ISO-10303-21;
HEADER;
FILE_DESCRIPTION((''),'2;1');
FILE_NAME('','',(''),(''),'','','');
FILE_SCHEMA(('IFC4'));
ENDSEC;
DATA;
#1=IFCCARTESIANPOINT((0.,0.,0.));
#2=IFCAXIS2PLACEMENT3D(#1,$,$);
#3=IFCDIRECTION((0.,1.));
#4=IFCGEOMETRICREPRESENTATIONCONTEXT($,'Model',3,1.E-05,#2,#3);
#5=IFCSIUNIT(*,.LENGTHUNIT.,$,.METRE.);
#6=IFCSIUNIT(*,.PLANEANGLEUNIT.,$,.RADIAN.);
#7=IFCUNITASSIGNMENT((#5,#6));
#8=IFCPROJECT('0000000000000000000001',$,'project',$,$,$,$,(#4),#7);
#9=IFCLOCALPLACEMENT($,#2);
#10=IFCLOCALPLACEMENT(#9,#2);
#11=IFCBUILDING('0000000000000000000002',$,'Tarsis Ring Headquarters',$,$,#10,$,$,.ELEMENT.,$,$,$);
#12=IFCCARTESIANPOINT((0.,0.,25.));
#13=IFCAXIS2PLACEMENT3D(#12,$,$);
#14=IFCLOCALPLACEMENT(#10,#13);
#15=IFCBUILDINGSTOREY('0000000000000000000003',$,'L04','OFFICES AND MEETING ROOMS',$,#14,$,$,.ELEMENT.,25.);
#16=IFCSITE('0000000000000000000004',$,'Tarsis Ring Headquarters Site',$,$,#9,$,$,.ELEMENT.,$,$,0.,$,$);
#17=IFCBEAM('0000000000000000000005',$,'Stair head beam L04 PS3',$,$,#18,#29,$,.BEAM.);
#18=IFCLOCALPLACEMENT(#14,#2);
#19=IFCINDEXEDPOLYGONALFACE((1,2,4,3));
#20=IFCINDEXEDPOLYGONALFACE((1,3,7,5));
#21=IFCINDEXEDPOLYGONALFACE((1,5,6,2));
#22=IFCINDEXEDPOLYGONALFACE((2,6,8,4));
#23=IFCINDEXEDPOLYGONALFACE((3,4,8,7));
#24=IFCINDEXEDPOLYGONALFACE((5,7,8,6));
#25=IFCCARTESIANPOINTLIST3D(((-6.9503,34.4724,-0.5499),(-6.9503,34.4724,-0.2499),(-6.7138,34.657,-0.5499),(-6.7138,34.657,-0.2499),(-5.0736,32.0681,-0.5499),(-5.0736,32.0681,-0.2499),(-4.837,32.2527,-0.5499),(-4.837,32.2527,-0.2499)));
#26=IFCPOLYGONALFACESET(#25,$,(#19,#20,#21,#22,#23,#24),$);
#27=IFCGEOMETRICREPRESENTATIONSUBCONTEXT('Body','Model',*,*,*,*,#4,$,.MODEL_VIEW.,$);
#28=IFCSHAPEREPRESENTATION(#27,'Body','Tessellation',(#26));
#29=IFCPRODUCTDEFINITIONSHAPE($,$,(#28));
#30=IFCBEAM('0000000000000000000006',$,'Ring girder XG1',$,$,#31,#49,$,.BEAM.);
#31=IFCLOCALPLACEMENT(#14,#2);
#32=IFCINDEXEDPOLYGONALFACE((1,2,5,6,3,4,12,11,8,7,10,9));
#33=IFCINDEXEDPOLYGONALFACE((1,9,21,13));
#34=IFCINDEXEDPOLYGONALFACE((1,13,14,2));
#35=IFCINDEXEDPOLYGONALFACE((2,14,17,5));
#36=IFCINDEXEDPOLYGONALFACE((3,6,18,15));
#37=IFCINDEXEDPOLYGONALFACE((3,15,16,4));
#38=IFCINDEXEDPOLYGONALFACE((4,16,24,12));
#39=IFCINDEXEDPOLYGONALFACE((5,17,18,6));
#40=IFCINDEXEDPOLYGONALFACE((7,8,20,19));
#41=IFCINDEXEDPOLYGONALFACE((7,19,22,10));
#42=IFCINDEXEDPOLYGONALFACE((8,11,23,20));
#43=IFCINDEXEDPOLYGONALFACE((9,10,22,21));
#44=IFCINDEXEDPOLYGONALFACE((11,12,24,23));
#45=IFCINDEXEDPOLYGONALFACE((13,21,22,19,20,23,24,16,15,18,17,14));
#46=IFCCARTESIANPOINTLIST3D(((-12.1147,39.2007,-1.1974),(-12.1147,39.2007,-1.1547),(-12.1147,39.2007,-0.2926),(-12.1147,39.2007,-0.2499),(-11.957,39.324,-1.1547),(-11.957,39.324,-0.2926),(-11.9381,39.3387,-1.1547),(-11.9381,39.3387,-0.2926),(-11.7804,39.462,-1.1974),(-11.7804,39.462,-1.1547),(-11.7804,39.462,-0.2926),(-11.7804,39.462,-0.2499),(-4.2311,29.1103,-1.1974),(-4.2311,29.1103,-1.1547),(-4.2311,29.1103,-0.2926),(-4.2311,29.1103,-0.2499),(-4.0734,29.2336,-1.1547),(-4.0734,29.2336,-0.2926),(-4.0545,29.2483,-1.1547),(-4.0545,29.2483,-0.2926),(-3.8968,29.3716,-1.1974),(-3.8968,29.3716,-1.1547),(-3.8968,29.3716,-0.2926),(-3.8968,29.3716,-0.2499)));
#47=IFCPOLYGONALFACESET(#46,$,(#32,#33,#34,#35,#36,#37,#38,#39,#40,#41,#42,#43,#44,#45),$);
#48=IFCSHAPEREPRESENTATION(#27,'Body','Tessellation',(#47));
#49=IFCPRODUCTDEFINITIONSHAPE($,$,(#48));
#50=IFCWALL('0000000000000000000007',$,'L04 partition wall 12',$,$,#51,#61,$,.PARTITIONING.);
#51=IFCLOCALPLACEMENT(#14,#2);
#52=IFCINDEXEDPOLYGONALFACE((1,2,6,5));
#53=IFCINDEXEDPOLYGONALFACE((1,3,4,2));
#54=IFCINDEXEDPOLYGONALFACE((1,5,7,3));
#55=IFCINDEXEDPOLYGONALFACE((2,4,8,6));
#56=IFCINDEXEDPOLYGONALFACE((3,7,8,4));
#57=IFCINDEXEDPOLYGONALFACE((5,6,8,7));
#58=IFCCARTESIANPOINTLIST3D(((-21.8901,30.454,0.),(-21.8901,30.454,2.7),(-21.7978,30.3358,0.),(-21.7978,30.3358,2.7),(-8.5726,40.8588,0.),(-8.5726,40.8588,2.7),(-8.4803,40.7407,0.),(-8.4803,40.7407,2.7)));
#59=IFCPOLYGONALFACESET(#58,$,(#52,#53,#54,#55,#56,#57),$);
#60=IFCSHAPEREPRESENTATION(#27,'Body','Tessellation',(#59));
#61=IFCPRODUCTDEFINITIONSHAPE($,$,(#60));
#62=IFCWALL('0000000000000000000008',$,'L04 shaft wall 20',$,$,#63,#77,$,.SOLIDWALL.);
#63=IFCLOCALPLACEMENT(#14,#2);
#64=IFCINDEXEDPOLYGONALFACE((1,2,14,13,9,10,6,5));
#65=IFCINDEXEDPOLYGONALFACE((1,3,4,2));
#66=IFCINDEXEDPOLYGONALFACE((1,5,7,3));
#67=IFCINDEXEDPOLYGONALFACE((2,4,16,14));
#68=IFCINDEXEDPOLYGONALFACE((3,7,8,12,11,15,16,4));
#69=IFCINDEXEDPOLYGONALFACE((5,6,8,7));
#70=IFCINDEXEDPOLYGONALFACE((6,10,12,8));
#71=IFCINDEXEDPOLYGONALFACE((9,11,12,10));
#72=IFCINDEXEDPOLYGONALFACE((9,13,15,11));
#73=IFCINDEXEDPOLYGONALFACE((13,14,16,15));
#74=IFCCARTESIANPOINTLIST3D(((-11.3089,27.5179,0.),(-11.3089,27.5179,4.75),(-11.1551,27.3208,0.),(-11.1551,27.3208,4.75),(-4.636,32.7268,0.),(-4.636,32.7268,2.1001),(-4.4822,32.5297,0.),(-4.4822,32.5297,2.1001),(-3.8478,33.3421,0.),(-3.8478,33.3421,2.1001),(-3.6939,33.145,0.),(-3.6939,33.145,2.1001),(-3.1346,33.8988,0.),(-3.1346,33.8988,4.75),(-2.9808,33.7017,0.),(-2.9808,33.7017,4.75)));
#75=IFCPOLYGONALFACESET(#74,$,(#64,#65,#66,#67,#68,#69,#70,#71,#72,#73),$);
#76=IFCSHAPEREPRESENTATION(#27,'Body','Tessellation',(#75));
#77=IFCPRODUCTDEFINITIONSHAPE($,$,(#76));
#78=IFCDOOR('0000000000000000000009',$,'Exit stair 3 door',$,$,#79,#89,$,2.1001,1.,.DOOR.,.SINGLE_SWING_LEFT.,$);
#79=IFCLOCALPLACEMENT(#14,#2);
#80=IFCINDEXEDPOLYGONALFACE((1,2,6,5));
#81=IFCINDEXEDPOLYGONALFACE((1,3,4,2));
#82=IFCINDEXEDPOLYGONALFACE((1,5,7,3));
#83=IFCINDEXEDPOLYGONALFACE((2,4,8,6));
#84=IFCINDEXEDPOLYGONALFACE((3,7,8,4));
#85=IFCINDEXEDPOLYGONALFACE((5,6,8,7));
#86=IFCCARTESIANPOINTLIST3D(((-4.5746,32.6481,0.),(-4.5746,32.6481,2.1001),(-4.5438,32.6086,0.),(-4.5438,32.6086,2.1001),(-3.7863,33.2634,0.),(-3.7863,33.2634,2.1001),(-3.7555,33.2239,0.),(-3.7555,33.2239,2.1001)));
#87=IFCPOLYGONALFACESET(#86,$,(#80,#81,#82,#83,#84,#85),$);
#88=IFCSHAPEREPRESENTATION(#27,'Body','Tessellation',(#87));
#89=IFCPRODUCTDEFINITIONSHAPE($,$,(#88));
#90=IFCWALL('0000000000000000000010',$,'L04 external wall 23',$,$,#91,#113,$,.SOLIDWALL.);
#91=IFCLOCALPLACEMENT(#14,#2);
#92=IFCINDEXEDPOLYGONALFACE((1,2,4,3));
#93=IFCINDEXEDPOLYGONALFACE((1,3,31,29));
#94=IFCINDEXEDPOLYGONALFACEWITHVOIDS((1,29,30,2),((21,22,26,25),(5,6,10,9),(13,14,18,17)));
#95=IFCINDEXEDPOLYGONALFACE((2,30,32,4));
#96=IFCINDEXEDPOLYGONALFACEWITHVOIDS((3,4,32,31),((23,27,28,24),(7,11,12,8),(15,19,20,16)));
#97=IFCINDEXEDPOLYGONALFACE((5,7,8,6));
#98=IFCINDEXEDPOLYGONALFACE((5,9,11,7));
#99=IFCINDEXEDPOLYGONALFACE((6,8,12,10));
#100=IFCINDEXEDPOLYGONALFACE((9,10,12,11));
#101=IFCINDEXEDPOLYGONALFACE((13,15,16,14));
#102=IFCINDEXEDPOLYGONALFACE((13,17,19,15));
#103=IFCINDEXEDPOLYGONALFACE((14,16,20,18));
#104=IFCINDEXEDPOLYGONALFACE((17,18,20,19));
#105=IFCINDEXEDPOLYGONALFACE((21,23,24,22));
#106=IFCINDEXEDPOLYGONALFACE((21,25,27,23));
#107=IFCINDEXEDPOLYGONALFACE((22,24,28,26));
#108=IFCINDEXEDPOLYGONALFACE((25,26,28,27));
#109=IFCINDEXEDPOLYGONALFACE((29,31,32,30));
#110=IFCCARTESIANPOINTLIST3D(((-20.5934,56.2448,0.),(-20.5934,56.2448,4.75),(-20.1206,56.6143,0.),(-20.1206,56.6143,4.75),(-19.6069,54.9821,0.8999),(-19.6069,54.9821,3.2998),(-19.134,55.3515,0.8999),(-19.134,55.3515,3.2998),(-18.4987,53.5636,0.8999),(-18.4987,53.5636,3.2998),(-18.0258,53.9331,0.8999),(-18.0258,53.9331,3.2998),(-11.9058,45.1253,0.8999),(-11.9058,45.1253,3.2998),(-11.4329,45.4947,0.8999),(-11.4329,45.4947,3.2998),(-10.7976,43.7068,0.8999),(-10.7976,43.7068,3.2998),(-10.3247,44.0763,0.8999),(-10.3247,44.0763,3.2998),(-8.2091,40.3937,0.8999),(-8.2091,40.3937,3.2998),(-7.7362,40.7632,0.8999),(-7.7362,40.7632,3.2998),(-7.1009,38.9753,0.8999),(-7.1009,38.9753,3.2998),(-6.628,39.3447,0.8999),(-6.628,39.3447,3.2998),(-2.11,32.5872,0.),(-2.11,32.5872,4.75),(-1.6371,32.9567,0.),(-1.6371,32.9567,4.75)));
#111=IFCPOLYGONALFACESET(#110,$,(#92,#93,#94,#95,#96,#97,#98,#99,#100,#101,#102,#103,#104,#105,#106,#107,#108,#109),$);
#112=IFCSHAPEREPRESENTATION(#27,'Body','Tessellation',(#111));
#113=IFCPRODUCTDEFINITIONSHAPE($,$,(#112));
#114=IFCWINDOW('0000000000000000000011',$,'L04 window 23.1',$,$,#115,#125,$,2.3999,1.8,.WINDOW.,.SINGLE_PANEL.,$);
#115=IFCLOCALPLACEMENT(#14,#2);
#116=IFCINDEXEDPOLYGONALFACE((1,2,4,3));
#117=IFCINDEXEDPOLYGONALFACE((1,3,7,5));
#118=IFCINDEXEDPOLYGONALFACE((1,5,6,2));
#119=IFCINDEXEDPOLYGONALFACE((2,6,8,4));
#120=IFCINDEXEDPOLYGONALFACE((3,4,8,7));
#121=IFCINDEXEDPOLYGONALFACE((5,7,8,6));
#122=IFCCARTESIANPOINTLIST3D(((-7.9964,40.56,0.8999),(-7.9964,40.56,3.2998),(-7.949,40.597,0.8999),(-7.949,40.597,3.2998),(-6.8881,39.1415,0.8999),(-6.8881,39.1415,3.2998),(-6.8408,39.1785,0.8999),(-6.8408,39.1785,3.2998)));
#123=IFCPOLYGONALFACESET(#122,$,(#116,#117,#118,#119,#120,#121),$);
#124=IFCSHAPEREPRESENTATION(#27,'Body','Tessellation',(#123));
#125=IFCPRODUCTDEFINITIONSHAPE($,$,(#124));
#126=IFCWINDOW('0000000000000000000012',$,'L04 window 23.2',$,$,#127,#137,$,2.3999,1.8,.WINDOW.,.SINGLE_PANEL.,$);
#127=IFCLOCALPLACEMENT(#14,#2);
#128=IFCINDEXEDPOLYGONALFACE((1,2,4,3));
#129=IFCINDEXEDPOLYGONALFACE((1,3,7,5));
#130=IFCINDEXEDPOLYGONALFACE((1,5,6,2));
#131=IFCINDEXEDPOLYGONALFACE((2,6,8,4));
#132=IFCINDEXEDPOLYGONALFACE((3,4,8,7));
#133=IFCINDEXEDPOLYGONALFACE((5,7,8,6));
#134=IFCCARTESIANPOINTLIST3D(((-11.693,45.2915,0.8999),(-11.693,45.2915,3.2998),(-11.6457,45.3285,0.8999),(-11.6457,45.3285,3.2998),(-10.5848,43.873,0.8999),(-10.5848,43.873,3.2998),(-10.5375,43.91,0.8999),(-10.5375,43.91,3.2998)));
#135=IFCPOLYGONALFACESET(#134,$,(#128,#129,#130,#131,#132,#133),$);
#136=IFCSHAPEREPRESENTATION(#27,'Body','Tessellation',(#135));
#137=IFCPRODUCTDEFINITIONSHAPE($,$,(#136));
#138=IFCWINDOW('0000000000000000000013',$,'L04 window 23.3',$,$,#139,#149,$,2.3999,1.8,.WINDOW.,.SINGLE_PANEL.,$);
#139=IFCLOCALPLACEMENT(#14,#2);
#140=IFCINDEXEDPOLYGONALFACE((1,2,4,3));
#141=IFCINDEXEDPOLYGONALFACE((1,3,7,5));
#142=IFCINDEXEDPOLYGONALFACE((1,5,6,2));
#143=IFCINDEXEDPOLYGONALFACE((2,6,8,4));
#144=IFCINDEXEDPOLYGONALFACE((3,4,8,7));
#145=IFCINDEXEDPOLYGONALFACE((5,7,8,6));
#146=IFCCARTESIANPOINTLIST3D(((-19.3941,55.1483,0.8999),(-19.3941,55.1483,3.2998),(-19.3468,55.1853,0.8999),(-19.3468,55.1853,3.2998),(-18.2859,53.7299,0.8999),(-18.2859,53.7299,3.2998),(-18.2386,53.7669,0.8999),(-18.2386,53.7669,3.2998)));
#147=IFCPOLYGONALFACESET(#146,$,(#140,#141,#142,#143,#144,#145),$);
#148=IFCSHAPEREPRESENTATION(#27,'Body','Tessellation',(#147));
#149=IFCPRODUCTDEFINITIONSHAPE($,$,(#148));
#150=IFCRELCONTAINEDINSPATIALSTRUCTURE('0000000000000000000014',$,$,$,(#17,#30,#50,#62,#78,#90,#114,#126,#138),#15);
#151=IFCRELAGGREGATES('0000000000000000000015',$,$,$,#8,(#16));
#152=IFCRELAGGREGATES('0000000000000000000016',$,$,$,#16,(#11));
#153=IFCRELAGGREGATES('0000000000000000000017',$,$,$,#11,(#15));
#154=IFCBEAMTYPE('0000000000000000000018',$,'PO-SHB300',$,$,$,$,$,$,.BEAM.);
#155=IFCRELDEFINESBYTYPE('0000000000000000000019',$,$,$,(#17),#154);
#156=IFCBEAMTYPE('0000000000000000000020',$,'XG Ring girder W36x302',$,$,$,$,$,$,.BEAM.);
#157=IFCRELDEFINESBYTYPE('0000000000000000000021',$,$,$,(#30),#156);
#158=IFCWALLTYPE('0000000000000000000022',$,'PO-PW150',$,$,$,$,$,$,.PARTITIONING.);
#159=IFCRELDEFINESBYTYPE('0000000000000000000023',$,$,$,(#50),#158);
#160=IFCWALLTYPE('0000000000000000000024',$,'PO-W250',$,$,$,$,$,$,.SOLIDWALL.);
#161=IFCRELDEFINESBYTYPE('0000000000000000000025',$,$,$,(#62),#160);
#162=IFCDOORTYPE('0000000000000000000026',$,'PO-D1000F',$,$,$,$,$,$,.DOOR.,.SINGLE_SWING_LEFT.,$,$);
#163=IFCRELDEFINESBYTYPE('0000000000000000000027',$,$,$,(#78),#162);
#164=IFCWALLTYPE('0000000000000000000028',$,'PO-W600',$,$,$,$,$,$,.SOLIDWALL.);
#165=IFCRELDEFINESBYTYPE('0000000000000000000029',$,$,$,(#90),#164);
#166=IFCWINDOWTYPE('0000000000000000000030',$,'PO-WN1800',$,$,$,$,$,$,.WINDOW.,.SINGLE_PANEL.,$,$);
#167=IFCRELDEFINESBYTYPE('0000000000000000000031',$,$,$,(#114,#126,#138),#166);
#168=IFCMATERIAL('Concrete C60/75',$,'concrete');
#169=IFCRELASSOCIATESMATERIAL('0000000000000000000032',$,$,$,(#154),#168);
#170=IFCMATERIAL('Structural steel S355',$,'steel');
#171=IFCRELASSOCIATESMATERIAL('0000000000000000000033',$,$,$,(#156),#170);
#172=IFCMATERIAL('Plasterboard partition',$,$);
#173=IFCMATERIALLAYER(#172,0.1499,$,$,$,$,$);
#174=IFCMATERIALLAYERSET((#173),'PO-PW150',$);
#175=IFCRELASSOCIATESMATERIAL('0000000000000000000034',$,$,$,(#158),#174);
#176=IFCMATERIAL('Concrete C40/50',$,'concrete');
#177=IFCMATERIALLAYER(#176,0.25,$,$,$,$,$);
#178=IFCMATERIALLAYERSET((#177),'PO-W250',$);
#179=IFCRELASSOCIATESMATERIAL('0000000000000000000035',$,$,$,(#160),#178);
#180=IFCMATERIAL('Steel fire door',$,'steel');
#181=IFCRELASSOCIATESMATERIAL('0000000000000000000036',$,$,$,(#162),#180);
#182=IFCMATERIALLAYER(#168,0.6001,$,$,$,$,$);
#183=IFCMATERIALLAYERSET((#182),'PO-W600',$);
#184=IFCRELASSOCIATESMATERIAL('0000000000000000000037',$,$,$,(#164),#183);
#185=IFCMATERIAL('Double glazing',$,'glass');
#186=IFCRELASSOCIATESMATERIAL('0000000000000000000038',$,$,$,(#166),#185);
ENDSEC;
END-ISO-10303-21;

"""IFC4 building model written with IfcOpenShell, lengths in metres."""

from ifc_helpers import new_model, si_unit, direction, frame, frame_2d, origin, origin_2d, place, context, subcontext, project, spatial, rectangle, i_section, extrude, material, layer, layer_set, material_profile, profile_set, type_object, element, fill, save


model = new_model("IFC4")

# Units and contexts
model_context = context("Model", 3, precision=1e-05, world=origin(), true_north=direction((0.0, 1.0)))
body_context = subcontext(model_context, "Body", "Model", "MODEL_VIEW")
ifc_project = project(units=[si_unit("LENGTHUNIT", "METRE"), si_unit("PLANEANGLEUNIT", "RADIAN")], contexts=[model_context])

# Site, building, storey
site_placement = place(None, origin())
site = spatial("IfcSite", under=ifc_project, at=site_placement, Name="Tarsis Ring Headquarters Site", CompositionType="ELEMENT", RefElevation=0.0)
building_placement = place(site_placement, origin())
building = spatial("IfcBuilding", under=site, at=building_placement, Name="Tarsis Ring Headquarters", CompositionType="ELEMENT")
storey_placement = place(building_placement, frame((0.0, 0.0, 25.0)))
storey = spatial("IfcBuildingStorey", under=building, at=storey_placement, Name="L04", Description="OFFICES AND MEETING ROOMS", CompositionType="ELEMENT", Elevation=25.0)

# Beams
ifc_material_1 = material(Name="Concrete C40/50", Category="concrete")
ifc_material_2 = material(Name="Concrete C60/75", Category="concrete")
ifc_material_profile_1 = material_profile(ifc_material_2, rectangle(XDim=0.3, YDim=0.3, at=origin_2d()), Name="PO-SHB300")
ifc_profile_set_1 = profile_set([ifc_material_profile_1], Name="Concrete C60/75")
beam_type_1 = type_object("IfcBeamType", Name="PO-SHB300", PredefinedType="BEAM", material=ifc_profile_set_1)
beam_1_placement = place(storey_placement, frame((-6.832, 34.5647, -0.3999), z_axis=(0.615308, -0.788286, 0.0), x_axis=(0.788286, 0.615308, 0.0)))
element("IfcBeam", 1, at=beam_1_placement, inside=storey, type_object=beam_type_1, Name="Stair head beam L04 PS3", PredefinedType="BEAM", context=body_context, shape_type="SweptSolid", body=[
    extrude(rectangle(XDim=0.3, YDim=0.3, at=origin_2d()), origin(), (0.0, 0.0, 1.0), 3.05),
])
ifc_material_3 = material(Name="Structural steel S355", Category="steel")
ifc_material_profile_2 = material_profile(ifc_material_3, i_section(OverallWidth=0.4243, OverallDepth=0.9475, WebThickness=0.0239, FlangeThickness=0.0427, at=origin_2d()), Name="W36x302")
ifc_profile_set_2 = profile_set([ifc_material_profile_2], Name="Structural steel S355")
beam_type_2 = type_object("IfcBeamType", Name="XG Ring girder W36x302", PredefinedType="BEAM", material=ifc_profile_set_2)
beam_2_placement = place(storey_placement, frame((-4.064, 29.241, -0.7236), z_axis=(-0.615667, 0.788006, 0.0), x_axis=(-0.788006, -0.615667, 0.0)))
element("IfcBeam", 2, at=beam_2_placement, inside=storey, type_object=beam_type_2, Name="Ring girder XG1", PredefinedType="BEAM", context=body_context, shape_type="SweptSolid", body=[
    extrude(i_section(OverallWidth=0.4243, OverallDepth=0.9475, WebThickness=0.0239, FlangeThickness=0.0427, at=origin_2d()), origin(), (0.0, 0.0, 1.0), 12.8049),
])

# Wall
ifc_material_4 = material(Name="Plasterboard partition")
ifc_layer_1 = layer(ifc_material_4, 0.1499)
ifc_layer_set_1 = layer_set([ifc_layer_1], Name="PO-PW150")
wall_type_1 = type_object("IfcWallType", Name="PO-PW150", PredefinedType="PARTITIONING", material=ifc_layer_set_1)
wall_1_placement = place(storey_placement, frame((-8.5264, 40.7998, 0.0), z_axis=(0.0, 0.0, 1.0), x_axis=(-0.788008, -0.615665, 0.0)))
element("IfcWall", 3, at=wall_1_placement, inside=storey, type_object=wall_type_1, Name="L04 partition wall 12", PredefinedType="PARTITIONING", context=body_context, shape_type="SweptSolid", body=[
    extrude(rectangle(XDim=16.9001, YDim=0.1499, at=frame_2d((8.4502, 0.0))), origin(), (0.0, 0.0, 1.0), 2.7),
])

# Wall, opening, door
ifc_layer_2 = layer(ifc_material_1, 0.25)
ifc_layer_set_2 = layer_set([ifc_layer_2], Name="PO-W250")
wall_type_2 = type_object("IfcWallType", Name="PO-W250", PredefinedType="SOLIDWALL", material=ifc_layer_set_2)
wall_2_placement = place(storey_placement, frame((-3.0576, 33.8003, 0.0), z_axis=(0.0, 0.0, 1.0), x_axis=(-0.788273, -0.615325, 0.0)))
wall_2 = element("IfcWall", 4, at=wall_2_placement, inside=storey, type_object=wall_type_2, Name="L04 shaft wall 20", PredefinedType="SOLIDWALL", context=body_context, shape_type="SweptSolid", body=[
    extrude(rectangle(XDim=10.3699, YDim=0.25, at=frame_2d((5.1851, 0.0))), origin(), (0.0, 0.0, 1.0), 4.75),
])
opening_1_placement = place(wall_2_placement, frame((0.9048, 0.0, 0.0)))
opening_1 = element("IfcOpeningElement", 5, at=opening_1_placement, cuts=wall_2, PredefinedType="OPENING", context=body_context, shape_type="SweptSolid", body=[
    extrude(rectangle(XDim=1.0, YDim=2.1001, at=frame_2d((0.5, 1.05))), frame((0.0, 0.135, 0.0), z_axis=(0.0, -1.0, 0.0), x_axis=(1.0, 0.0, 0.0)), (0.0, 0.0, 1.0), 0.27),
])
ifc_material_5 = material(Name="Steel fire door", Category="steel")
door_type = type_object("IfcDoorType", Name="PO-D1000F", OperationType="SINGLE_SWING_LEFT", PredefinedType="DOOR", material=ifc_material_5)
door_placement = place(opening_1_placement, origin())
door = element("IfcDoor", 6, at=door_placement, inside=storey, type_object=door_type, Name="Exit stair 3 door", OperationType="SINGLE_SWING_LEFT", OverallHeight=2.1001, OverallWidth=1.0, PredefinedType="DOOR", context=body_context, shape_type="SweptSolid", body=[
    extrude(rectangle(XDim=1.0, YDim=2.1001, at=frame_2d((0.5, 1.05))), frame((0.0, 0.0249, 0.0), z_axis=(0.0, -1.0, 0.0), x_axis=(1.0, 0.0, 0.0)), (0.0, 0.0, 1.0), 0.05),
])
fill(opening_1, door)

# Wall, openings, windows
ifc_layer_3 = layer(ifc_material_2, 0.6001)
ifc_layer_set_3 = layer_set([ifc_layer_3], Name="PO-W600")
wall_type_3 = type_object("IfcWallType", Name="PO-W600", PredefinedType="SOLIDWALL", material=ifc_layer_set_3)
wall_3_placement = place(storey_placement, frame((-1.8735, 32.772, 0.0), z_axis=(0.0, 0.0, 1.0), x_axis=(-0.615665, 0.788008, 0.0)))
wall_3 = element("IfcWall", 7, at=wall_3_placement, inside=storey, type_object=wall_type_3, Name="L04 external wall 23", PredefinedType="SOLIDWALL", context=body_context, shape_type="SweptSolid", body=[
    extrude(rectangle(XDim=30.022, YDim=0.6001, at=frame_2d((15.011, 0.0))), origin(), (0.0, 0.0, 1.0), 4.75),
])
opening_2_placement = place(wall_3_placement, frame((8.1067, 0.0, 0.8999)))
opening_2 = element("IfcOpeningElement", 8, at=opening_2_placement, cuts=wall_3, PredefinedType="OPENING", context=body_context, shape_type="SweptSolid", body=[
    extrude(rectangle(XDim=1.8, YDim=2.3999, at=frame_2d((0.8999, 1.2))), frame((0.0, 0.3101, 0.0), z_axis=(0.0, -1.0, 0.0), x_axis=(1.0, 0.0, 0.0)), (0.0, 0.0, 1.0), 0.6201),
])
opening_3_placement = place(wall_3_placement, frame((14.1111, 0.0, 0.8999)))
opening_3 = element("IfcOpeningElement", 9, at=opening_3_placement, cuts=wall_3, PredefinedType="OPENING", context=body_context, shape_type="SweptSolid", body=[
    extrude(rectangle(XDim=1.8, YDim=2.3999, at=frame_2d((0.8999, 1.2))), frame((0.0, 0.3101, 0.0), z_axis=(0.0, -1.0, 0.0), x_axis=(1.0, 0.0, 0.0)), (0.0, 0.0, 1.0), 0.6201),
])
opening_4_placement = place(wall_3_placement, frame((26.6196, 0.0, 0.8999)))
opening_4 = element("IfcOpeningElement", 10, at=opening_4_placement, cuts=wall_3, PredefinedType="OPENING", context=body_context, shape_type="SweptSolid", body=[
    extrude(rectangle(XDim=1.8, YDim=2.3999, at=frame_2d((0.8999, 1.2))), frame((0.0, 0.3101, 0.0), z_axis=(0.0, -1.0, 0.0), x_axis=(1.0, 0.0, 0.0)), (0.0, 0.0, 1.0), 0.6201),
])
ifc_material_6 = material(Name="Double glazing", Category="glass")
window_type = type_object("IfcWindowType", Name="PO-WN1800", PartitioningType="SINGLE_PANEL", PredefinedType="WINDOW", material=ifc_material_6)
window_1_placement = place(opening_2_placement, origin())
window_1 = element("IfcWindow", 11, at=window_1_placement, inside=storey, type_object=window_type, Name="L04 window 23.1", OverallHeight=2.3999, OverallWidth=1.8, PartitioningType="SINGLE_PANEL", PredefinedType="WINDOW", context=body_context, shape_type="SweptSolid", body=[
    extrude(rectangle(XDim=1.8, YDim=2.3999, at=frame_2d((0.8999, 1.2))), frame((0.0, 0.03, 0.0), z_axis=(0.0, -1.0, 0.0), x_axis=(1.0, 0.0, 0.0)), (0.0, 0.0, 1.0), 0.0601),
])
fill(opening_2, window_1)
window_2_placement = place(opening_3_placement, origin())
window_2 = element("IfcWindow", 12, at=window_2_placement, inside=storey, type_object=window_type, Name="L04 window 23.2", OverallHeight=2.3999, OverallWidth=1.8, PartitioningType="SINGLE_PANEL", PredefinedType="WINDOW", context=body_context, shape_type="SweptSolid", body=[
    extrude(rectangle(XDim=1.8, YDim=2.3999, at=frame_2d((0.8999, 1.2))), frame((0.0, 0.03, 0.0), z_axis=(0.0, -1.0, 0.0), x_axis=(1.0, 0.0, 0.0)), (0.0, 0.0, 1.0), 0.0601),
])
fill(opening_3, window_2)
window_3_placement = place(opening_4_placement, origin())
window_3 = element("IfcWindow", 13, at=window_3_placement, inside=storey, type_object=window_type, Name="L04 window 23.3", OverallHeight=2.3999, OverallWidth=1.8, PartitioningType="SINGLE_PANEL", PredefinedType="WINDOW", context=body_context, shape_type="SweptSolid", body=[
    extrude(rectangle(XDim=1.8, YDim=2.3999, at=frame_2d((0.8999, 1.2))), frame((0.0, 0.03, 0.0), z_axis=(0.0, -1.0, 0.0), x_axis=(1.0, 0.0, 0.0)), (0.0, 0.0, 1.0), 0.0601),
])
fill(opening_4, window_3)

save(model, "model.ifc")
